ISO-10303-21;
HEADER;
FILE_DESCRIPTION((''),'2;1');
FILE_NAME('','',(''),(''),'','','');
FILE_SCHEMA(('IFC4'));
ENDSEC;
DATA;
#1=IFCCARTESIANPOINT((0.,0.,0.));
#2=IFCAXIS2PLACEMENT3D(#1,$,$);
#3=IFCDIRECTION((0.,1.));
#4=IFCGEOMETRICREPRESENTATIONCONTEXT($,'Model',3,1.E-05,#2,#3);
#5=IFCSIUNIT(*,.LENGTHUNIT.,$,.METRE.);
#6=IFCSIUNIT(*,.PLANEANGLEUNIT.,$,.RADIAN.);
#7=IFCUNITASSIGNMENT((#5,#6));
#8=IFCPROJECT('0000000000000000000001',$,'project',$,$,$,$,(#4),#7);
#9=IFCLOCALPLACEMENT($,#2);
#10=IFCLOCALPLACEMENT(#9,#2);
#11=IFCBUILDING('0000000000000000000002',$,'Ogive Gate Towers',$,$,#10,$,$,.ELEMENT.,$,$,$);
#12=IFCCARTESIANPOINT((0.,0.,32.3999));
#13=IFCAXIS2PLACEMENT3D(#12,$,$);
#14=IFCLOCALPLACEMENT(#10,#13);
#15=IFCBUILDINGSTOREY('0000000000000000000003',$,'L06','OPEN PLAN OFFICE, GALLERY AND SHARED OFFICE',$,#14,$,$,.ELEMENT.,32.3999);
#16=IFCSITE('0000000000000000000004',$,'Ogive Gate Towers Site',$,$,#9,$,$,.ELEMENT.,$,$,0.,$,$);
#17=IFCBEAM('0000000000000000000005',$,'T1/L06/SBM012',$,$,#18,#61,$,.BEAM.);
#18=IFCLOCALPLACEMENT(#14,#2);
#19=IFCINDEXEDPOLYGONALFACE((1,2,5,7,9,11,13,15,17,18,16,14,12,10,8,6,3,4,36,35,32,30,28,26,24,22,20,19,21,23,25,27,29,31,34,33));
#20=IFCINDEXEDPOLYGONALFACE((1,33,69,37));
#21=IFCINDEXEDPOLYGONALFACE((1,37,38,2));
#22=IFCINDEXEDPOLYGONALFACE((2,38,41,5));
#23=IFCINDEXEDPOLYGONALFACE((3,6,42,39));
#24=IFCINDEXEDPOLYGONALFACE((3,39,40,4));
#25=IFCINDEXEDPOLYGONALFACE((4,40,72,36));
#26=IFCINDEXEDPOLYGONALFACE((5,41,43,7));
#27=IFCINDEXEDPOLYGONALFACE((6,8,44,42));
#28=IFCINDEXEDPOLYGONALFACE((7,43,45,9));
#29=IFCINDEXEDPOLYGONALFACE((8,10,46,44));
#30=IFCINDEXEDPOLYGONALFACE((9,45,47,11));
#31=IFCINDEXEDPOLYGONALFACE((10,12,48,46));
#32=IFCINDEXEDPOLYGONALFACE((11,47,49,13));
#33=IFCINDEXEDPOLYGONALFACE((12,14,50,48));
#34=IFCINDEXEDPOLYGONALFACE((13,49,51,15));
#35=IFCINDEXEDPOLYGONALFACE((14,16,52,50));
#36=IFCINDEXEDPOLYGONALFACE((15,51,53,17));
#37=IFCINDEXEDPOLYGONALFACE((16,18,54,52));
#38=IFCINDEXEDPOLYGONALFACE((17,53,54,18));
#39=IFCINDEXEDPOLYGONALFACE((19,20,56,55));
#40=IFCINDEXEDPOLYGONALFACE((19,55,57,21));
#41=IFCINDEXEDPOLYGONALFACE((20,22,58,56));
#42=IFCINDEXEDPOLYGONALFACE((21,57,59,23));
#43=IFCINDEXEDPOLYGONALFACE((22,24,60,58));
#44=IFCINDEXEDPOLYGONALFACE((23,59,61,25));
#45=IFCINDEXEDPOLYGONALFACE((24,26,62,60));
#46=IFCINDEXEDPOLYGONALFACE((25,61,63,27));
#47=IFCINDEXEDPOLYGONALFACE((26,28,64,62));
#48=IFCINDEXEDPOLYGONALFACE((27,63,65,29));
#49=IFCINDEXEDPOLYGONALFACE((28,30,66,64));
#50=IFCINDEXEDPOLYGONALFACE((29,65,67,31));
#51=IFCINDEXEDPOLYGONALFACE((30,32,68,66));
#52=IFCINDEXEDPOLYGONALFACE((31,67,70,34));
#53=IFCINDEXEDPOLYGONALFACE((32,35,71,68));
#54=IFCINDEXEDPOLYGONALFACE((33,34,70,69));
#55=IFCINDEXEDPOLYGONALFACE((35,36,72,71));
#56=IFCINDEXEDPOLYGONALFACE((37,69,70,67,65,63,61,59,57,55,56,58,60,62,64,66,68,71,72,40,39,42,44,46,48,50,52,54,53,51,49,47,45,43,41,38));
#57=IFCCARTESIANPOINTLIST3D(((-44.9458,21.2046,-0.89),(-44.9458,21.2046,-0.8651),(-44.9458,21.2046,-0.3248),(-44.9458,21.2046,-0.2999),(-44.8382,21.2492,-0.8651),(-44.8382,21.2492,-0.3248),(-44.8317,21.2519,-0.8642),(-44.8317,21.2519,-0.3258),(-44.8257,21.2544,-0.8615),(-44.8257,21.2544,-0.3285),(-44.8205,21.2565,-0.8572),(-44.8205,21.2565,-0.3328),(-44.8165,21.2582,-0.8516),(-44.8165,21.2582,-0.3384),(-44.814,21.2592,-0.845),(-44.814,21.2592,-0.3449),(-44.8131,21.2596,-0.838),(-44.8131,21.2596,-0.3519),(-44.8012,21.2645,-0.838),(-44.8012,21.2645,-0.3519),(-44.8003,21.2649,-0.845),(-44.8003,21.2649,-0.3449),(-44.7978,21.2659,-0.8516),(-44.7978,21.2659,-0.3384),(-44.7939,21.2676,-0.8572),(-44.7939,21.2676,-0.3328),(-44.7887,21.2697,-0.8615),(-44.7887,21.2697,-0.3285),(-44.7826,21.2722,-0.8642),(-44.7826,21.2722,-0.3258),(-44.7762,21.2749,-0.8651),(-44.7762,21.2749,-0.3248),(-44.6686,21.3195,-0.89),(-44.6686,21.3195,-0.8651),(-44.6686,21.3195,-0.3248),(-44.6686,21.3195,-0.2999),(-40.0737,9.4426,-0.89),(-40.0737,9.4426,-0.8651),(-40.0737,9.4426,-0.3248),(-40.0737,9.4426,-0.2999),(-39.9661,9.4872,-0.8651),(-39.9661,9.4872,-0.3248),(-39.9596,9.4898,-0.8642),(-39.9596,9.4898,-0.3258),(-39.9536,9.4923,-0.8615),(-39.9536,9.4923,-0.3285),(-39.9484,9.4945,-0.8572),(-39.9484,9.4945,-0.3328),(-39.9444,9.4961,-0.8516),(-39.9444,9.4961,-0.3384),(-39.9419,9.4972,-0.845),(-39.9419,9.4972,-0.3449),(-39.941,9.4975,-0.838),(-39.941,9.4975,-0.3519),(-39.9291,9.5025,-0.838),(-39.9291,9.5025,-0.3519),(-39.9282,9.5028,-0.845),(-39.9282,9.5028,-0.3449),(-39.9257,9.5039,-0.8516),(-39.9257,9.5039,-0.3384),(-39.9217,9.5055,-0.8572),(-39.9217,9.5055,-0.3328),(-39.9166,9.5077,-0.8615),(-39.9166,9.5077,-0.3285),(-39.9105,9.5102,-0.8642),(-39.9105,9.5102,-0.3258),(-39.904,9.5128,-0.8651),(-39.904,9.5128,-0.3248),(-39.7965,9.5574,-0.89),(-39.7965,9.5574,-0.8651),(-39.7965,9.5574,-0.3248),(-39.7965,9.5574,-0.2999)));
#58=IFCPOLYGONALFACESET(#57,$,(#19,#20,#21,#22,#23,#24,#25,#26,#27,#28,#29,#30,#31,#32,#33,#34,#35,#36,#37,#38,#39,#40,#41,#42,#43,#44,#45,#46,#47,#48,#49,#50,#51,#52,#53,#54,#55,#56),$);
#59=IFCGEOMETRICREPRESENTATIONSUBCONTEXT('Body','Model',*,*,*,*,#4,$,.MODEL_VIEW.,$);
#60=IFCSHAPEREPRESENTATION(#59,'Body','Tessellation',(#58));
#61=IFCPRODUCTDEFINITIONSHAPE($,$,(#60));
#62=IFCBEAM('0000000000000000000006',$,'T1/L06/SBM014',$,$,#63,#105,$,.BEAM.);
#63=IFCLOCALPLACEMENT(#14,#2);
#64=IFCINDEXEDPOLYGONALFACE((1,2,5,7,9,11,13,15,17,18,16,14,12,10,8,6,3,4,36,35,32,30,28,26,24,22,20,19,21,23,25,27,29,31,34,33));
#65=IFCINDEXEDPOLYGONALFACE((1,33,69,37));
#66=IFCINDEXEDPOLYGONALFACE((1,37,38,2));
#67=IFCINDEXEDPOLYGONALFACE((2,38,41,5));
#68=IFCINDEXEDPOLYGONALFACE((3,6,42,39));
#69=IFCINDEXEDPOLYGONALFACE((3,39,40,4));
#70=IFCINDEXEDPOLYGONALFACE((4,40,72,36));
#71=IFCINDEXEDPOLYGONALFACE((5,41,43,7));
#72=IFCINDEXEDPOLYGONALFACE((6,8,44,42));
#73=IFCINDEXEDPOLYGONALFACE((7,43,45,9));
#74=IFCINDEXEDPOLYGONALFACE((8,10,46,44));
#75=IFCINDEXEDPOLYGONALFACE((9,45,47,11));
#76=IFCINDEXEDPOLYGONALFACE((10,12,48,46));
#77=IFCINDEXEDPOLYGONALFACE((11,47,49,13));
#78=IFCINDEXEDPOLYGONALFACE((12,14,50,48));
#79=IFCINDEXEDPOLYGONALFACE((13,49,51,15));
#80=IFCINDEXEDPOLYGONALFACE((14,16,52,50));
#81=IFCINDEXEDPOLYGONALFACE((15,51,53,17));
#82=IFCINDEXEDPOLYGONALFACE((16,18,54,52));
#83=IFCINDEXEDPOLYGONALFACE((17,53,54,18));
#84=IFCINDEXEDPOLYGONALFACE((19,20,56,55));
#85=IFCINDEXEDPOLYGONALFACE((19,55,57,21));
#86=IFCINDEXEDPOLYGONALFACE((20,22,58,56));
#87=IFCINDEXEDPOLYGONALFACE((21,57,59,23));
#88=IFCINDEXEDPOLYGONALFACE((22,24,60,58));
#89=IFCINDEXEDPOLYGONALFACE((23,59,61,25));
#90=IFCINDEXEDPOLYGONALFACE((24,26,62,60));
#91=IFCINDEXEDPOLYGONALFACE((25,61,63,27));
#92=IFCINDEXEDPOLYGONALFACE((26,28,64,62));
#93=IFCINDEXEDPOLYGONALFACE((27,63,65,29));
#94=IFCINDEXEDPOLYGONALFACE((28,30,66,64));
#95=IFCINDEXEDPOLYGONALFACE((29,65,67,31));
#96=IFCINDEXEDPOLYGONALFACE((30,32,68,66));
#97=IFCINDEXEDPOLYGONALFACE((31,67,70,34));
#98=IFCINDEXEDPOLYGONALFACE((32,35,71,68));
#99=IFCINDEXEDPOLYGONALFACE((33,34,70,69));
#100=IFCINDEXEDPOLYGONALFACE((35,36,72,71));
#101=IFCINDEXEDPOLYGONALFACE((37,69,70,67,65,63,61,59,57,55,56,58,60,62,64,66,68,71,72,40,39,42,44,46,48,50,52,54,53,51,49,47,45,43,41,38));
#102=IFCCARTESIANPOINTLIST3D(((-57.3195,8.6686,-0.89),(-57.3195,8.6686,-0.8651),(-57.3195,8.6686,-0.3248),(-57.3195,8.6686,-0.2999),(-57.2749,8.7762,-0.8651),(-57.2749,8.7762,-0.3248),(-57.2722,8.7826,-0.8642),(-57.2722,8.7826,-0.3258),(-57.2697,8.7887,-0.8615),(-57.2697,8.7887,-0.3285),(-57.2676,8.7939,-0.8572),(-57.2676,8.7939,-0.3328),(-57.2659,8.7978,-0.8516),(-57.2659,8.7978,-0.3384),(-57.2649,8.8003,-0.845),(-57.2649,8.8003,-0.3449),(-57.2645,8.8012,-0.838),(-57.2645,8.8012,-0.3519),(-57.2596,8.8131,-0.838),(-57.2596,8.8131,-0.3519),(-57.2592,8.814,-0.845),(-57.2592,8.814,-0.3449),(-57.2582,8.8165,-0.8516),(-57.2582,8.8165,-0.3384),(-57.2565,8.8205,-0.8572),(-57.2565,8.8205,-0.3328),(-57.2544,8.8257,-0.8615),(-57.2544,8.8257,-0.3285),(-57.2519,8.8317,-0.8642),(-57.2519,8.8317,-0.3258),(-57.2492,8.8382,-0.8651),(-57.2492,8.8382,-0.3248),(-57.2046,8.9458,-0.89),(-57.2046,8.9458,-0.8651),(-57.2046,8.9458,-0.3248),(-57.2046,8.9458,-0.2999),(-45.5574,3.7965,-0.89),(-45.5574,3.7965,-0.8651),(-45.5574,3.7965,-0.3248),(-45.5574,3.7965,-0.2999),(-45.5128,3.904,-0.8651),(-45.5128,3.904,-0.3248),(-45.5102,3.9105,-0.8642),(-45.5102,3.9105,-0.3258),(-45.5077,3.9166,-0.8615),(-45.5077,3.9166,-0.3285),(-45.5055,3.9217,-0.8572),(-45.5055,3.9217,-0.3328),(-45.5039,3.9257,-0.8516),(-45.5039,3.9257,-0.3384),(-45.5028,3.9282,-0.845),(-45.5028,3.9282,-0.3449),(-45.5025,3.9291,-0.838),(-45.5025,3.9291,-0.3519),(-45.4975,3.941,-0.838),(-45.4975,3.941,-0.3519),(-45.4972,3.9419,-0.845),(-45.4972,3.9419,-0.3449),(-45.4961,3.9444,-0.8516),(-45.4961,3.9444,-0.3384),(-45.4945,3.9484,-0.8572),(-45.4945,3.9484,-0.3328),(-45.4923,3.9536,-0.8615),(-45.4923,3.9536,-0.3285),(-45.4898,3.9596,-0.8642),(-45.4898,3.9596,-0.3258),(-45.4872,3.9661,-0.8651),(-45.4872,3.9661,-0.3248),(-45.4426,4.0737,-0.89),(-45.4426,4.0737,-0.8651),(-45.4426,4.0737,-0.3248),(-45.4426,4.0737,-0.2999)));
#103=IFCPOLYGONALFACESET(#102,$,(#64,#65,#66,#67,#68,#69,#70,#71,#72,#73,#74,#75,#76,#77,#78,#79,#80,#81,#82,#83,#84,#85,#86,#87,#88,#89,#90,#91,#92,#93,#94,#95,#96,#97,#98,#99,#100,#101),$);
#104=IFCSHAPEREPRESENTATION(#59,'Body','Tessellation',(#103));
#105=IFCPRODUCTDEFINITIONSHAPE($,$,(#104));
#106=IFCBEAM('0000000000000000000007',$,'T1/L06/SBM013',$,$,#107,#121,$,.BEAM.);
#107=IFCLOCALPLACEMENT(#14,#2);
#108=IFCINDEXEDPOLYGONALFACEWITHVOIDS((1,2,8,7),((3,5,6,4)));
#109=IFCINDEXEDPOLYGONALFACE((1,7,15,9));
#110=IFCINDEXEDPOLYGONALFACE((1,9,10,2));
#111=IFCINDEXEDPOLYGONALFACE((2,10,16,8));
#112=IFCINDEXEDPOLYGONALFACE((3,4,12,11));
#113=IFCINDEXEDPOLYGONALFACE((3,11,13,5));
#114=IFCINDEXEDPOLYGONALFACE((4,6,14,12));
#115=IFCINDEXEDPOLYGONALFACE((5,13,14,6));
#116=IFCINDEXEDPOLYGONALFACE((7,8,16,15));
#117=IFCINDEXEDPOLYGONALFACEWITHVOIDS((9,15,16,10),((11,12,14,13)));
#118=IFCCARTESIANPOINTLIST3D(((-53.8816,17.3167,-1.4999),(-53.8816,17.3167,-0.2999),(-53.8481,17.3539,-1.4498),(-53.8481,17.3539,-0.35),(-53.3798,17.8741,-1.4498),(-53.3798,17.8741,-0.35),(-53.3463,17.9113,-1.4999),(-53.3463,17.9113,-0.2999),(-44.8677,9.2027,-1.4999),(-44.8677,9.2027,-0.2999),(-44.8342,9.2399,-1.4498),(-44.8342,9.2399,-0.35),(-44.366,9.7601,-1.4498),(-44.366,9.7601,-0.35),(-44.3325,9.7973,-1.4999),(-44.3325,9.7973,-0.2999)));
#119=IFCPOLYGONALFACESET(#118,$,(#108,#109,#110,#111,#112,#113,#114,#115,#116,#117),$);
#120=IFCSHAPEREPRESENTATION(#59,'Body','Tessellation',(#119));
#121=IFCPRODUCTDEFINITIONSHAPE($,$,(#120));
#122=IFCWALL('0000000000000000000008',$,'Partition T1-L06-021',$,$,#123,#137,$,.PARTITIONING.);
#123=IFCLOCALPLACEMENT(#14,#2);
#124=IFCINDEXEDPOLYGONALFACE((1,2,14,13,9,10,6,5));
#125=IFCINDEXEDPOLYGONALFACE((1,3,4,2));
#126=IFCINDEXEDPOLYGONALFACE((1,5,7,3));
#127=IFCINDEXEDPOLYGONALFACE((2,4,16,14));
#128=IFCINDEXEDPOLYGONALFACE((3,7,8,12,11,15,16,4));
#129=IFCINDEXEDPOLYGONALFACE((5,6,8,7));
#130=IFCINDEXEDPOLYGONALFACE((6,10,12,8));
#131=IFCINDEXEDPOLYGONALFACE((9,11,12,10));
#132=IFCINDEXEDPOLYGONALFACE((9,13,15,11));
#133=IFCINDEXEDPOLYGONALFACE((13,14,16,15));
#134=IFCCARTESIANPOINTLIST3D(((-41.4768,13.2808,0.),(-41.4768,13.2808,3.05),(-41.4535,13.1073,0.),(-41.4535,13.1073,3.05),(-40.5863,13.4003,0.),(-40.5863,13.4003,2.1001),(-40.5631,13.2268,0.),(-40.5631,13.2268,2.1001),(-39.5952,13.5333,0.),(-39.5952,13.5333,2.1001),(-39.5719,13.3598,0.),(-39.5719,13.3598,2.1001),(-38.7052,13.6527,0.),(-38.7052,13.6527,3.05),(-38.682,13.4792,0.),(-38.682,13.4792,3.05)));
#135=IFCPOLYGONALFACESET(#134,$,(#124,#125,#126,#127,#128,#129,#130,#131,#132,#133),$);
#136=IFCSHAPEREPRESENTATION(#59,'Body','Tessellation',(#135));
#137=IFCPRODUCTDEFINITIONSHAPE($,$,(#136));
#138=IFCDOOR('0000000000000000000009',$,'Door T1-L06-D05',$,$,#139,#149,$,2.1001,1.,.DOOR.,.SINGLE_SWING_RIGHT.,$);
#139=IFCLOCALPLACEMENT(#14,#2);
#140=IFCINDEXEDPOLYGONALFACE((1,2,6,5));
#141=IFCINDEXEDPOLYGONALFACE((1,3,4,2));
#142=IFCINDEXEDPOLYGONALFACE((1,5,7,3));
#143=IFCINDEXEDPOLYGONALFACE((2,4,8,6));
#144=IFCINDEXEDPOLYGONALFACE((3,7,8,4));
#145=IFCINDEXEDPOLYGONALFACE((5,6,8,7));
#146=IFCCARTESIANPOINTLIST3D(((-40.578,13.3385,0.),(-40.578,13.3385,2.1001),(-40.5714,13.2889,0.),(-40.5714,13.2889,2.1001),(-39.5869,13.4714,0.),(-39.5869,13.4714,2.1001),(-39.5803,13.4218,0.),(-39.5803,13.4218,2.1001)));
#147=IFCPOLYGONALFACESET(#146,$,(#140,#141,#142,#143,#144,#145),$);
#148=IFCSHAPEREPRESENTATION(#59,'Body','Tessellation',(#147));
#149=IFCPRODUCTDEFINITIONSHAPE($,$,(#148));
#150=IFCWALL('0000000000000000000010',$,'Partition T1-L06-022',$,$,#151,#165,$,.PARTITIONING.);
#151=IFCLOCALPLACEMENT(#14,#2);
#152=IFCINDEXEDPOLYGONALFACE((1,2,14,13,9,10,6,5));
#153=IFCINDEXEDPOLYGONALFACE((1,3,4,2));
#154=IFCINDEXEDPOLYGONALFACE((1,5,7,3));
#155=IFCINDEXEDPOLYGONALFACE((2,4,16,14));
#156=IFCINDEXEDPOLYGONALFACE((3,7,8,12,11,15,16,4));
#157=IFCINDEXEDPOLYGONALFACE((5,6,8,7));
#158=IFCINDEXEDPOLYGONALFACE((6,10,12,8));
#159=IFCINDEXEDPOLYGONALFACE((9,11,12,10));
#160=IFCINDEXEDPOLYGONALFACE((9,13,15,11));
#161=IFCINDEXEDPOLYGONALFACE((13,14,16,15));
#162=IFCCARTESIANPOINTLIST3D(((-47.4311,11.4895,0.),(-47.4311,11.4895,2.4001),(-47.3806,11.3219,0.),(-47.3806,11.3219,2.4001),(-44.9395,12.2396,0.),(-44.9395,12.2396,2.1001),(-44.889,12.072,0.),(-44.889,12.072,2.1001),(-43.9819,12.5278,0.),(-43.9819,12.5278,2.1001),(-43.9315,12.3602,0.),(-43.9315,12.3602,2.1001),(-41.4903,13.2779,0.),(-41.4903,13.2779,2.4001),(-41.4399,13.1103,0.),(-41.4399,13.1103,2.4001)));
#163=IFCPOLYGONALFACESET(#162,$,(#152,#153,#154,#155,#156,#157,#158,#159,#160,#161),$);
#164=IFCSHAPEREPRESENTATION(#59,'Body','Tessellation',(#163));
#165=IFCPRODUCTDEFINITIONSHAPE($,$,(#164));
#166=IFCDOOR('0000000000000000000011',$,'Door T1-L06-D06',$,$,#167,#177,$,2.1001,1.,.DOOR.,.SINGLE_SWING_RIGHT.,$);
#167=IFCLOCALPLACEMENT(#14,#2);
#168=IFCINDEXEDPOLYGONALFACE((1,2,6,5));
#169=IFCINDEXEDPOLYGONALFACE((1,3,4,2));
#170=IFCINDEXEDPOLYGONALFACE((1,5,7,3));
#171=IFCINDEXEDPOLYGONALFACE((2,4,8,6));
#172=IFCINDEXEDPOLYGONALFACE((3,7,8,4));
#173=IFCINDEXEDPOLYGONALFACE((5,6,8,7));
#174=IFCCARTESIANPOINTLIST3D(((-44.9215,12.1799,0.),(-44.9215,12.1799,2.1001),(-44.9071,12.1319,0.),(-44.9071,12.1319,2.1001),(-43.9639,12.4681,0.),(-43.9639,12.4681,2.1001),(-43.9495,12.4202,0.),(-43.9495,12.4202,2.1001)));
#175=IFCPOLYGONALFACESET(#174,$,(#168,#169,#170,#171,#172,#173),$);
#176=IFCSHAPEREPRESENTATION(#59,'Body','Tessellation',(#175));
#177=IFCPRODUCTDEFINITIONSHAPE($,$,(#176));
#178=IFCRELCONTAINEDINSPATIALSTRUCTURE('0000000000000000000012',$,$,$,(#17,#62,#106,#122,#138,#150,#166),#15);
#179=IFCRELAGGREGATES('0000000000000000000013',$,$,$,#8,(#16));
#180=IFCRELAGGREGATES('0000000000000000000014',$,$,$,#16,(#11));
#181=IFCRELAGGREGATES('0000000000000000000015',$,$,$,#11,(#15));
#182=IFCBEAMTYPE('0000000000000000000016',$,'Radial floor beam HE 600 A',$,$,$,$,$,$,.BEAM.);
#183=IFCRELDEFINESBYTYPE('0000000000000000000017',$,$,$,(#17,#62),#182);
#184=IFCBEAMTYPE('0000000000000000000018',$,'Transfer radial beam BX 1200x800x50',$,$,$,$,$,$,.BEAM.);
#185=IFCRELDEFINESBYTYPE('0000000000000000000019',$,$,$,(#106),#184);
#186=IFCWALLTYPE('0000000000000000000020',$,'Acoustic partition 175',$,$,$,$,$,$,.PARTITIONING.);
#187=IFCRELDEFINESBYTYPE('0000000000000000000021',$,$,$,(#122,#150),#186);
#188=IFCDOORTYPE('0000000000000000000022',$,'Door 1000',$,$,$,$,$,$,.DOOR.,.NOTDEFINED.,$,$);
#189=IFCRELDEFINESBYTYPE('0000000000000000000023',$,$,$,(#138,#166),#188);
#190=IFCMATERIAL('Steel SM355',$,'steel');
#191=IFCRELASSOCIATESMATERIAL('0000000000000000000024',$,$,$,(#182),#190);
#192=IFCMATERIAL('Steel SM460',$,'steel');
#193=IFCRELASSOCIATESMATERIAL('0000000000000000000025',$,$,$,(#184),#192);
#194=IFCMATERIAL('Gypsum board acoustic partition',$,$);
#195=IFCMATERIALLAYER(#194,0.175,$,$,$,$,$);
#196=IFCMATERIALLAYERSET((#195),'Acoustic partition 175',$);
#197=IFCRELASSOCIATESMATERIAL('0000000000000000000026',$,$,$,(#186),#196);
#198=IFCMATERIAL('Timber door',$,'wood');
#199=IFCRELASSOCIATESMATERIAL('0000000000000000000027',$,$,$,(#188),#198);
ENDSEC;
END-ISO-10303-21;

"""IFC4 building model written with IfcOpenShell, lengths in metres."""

from ifc_helpers import new_model, si_unit, direction, frame, frame_2d, origin, origin_2d, place, context, subcontext, project, spatial, rectangle, hollow_rectangle, i_section, extrude, material, layer, layer_set, material_profile, profile_set, type_object, element, fill, save


model = new_model("IFC4")

# Units and contexts
model_context = context("Model", 3, precision=1e-05, world=origin(), true_north=direction((0.0, 1.0)))
body_context = subcontext(model_context, "Body", "Model", "MODEL_VIEW")
ifc_project = project(units=[si_unit("LENGTHUNIT", "METRE"), si_unit("PLANEANGLEUNIT", "RADIAN")], contexts=[model_context])

# Site, building, storey
site_placement = place(None, origin())
site = spatial("IfcSite", under=ifc_project, at=site_placement, Name="Ogive Gate Towers Site", CompositionType="ELEMENT", RefElevation=0.0)
building_placement = place(site_placement, origin())
building = spatial("IfcBuilding", under=site, at=building_placement, Name="Ogive Gate Towers", CompositionType="ELEMENT")
storey_placement = place(building_placement, frame((0.0, 0.0, 32.3999)))
storey = spatial("IfcBuildingStorey", under=building, at=storey_placement, Name="L06", Description="OPEN PLAN OFFICE, GALLERY AND SHARED OFFICE", CompositionType="ELEMENT", Elevation=32.3999)

# Beams
ifc_material_1 = material(Name="Steel SM355", Category="steel")
ifc_material_profile_1 = material_profile(ifc_material_1, i_section(OverallWidth=0.3, OverallDepth=0.5901, WebThickness=0.0129, FlangeThickness=0.0249, FilletRadius=0.0271, at=origin_2d()), Name="HE 600 A")
ifc_profile_set_1 = profile_set([ifc_material_profile_1], Name="Steel SM355")
beam_type_1 = type_object("IfcBeamType", Name="Radial floor beam HE 600 A", PredefinedType="BEAM", material=ifc_profile_set_1)
for number, where, z_axis, x_axis, name in (
    (1, (-39.9351, 9.5, -0.595), (-0.382691, 0.923877, 0.0), (-0.923877, -0.382691, 0.0), "T1/L06/SBM012"),
    (2, (-45.5, 3.9351, -0.595), (-0.923877, 0.382691, 0.0), (-0.382691, -0.923877, 0.0), "T1/L06/SBM014"),
):
    element("IfcBeam", number, at=place(storey_placement, frame(where, z_axis=z_axis, x_axis=x_axis)), inside=storey, type_object=beam_type_1, Name=name, PredefinedType="BEAM", context=body_context, shape_type="SweptSolid", body=[
        extrude(i_section(OverallWidth=0.3, OverallDepth=0.5901, WebThickness=0.0129, FlangeThickness=0.0249, FilletRadius=0.0271, at=origin_2d()), origin(), (0.0, 0.0, 1.0), 12.7312),
    ])
ifc_material_2 = material(Name="Steel SM460", Category="steel")
ifc_material_profile_2 = material_profile(ifc_material_2, hollow_rectangle(XDim=0.8, YDim=1.2, WallThickness=0.05, at=origin_2d()), Name="BX 1200x800x50")
ifc_profile_set_2 = profile_set([ifc_material_profile_2], Name="Steel SM460")
beam_type_2 = type_object("IfcBeamType", Name="Transfer radial beam BX 1200x800x50", PredefinedType="BEAM", material=ifc_profile_set_2)
beam_placement = place(storey_placement, frame((-44.6001, 9.5, -0.8999), z_axis=(-0.743233, 0.669033, 0.0), x_axis=(-0.669033, -0.743233, 0.0)))
element("IfcBeam", 3, at=beam_placement, inside=storey, type_object=beam_type_2, Name="T1/L06/SBM013", PredefinedType="BEAM", context=body_context, shape_type="SweptSolid", body=[
    extrude(hollow_rectangle(XDim=0.8, YDim=1.2, WallThickness=0.05, at=origin_2d()), origin(), (0.0, 0.0, 1.0), 12.1279),
])

# Walls, openings, doors
ifc_material_3 = material(Name="Gypsum board acoustic partition")
ifc_layer_1 = layer(ifc_material_3, 0.175)
ifc_layer_set_1 = layer_set([ifc_layer_1], Name="Acoustic partition 175")
wall_type_1 = type_object("IfcWallType", Name="Acoustic partition 175", PredefinedType="PARTITIONING", material=ifc_layer_set_1)
wall_1_placement = place(storey_placement, frame((-38.6936, 13.5659, 0.0), z_axis=(0.0, 0.0, 1.0), x_axis=(-0.99112, -0.13297, 0.0)))
wall_1 = element("IfcWall", 4, at=wall_1_placement, inside=storey, type_object=wall_type_1, Name="Partition T1-L06-021", PredefinedType="PARTITIONING", context=body_context, shape_type="SweptSolid", body=[
    extrude(rectangle(XDim=2.7964, YDim=0.175, at=frame_2d((1.3982, 0.0))), origin(), (0.0, 0.0, 1.0), 3.05),
])
opening_1_placement = place(wall_1_placement, frame((0.8979, 0.0, 0.0)))
opening_1 = element("IfcOpeningElement", 5, at=opening_1_placement, cuts=wall_1, PredefinedType="OPENING", context=body_context, shape_type="SweptSolid", body=[
    extrude(rectangle(XDim=1.0, YDim=2.1001, at=frame_2d((0.5, 1.05))), frame((0.0, 0.0977, 0.0), z_axis=(0.0, -1.0, 0.0), x_axis=(1.0, 0.0, 0.0)), (0.0, 0.0, 1.0), 0.1951),
])
ifc_material_4 = material(Name="Timber door", Category="wood")
door_type_1 = type_object("IfcDoorType", Name="Door 1000", OperationType="NOTDEFINED", PredefinedType="DOOR", material=ifc_material_4)
door_1_placement = place(opening_1_placement, origin())
door_1 = element("IfcDoor", 6, at=door_1_placement, inside=storey, type_object=door_type_1, Name="Door T1-L06-D05", OperationType="SINGLE_SWING_RIGHT", OverallHeight=2.1001, OverallWidth=1.0, PredefinedType="DOOR", context=body_context, shape_type="SweptSolid", body=[
    extrude(rectangle(XDim=1.0, YDim=2.1001, at=frame_2d((0.5, 1.05))), frame((0.0, 0.0249, 0.0), z_axis=(0.0, -1.0, 0.0), x_axis=(1.0, 0.0, 0.0)), (0.0, 0.0, 1.0), 0.05),
])
fill(opening_1, door_1)
wall_2_placement = place(storey_placement, frame((-41.4651, 13.1941, 0.0), z_axis=(0.0, 0.0, 1.0), x_axis=(-0.957554, -0.288254, 0.0)))
wall_2 = element("IfcWall", 7, at=wall_2_placement, inside=storey, type_object=wall_type_1, Name="Partition T1-L06-022", PredefinedType="PARTITIONING", context=body_context, shape_type="SweptSolid", body=[
    extrude(rectangle(XDim=6.2041, YDim=0.175, at=frame_2d((3.1021, 0.0))), origin(), (0.0, 0.0, 1.0), 2.4001),
])
opening_2_placement = place(wall_2_placement, frame((2.6021, 0.0, 0.0)))
opening_2 = element("IfcOpeningElement", 8, at=opening_2_placement, cuts=wall_2, PredefinedType="OPENING", context=body_context, shape_type="SweptSolid", body=[
    extrude(rectangle(XDim=1.0, YDim=2.1001, at=frame_2d((0.5, 1.05))), frame((0.0, 0.0977, 0.0), z_axis=(0.0, -1.0, 0.0), x_axis=(1.0, 0.0, 0.0)), (0.0, 0.0, 1.0), 0.1951),
])
door_2_placement = place(opening_2_placement, origin())
door_2 = element("IfcDoor", 9, at=door_2_placement, inside=storey, type_object=door_type_1, Name="Door T1-L06-D06", OperationType="SINGLE_SWING_RIGHT", OverallHeight=2.1001, OverallWidth=1.0, PredefinedType="DOOR", context=body_context, shape_type="SweptSolid", body=[
    extrude(rectangle(XDim=1.0, YDim=2.1001, at=frame_2d((0.5, 1.05))), frame((0.0, 0.0249, 0.0), z_axis=(0.0, -1.0, 0.0), x_axis=(1.0, 0.0, 0.0)), (0.0, 0.0, 1.0), 0.05),
])
fill(opening_2, door_2)

save(model, "model.ifc")
